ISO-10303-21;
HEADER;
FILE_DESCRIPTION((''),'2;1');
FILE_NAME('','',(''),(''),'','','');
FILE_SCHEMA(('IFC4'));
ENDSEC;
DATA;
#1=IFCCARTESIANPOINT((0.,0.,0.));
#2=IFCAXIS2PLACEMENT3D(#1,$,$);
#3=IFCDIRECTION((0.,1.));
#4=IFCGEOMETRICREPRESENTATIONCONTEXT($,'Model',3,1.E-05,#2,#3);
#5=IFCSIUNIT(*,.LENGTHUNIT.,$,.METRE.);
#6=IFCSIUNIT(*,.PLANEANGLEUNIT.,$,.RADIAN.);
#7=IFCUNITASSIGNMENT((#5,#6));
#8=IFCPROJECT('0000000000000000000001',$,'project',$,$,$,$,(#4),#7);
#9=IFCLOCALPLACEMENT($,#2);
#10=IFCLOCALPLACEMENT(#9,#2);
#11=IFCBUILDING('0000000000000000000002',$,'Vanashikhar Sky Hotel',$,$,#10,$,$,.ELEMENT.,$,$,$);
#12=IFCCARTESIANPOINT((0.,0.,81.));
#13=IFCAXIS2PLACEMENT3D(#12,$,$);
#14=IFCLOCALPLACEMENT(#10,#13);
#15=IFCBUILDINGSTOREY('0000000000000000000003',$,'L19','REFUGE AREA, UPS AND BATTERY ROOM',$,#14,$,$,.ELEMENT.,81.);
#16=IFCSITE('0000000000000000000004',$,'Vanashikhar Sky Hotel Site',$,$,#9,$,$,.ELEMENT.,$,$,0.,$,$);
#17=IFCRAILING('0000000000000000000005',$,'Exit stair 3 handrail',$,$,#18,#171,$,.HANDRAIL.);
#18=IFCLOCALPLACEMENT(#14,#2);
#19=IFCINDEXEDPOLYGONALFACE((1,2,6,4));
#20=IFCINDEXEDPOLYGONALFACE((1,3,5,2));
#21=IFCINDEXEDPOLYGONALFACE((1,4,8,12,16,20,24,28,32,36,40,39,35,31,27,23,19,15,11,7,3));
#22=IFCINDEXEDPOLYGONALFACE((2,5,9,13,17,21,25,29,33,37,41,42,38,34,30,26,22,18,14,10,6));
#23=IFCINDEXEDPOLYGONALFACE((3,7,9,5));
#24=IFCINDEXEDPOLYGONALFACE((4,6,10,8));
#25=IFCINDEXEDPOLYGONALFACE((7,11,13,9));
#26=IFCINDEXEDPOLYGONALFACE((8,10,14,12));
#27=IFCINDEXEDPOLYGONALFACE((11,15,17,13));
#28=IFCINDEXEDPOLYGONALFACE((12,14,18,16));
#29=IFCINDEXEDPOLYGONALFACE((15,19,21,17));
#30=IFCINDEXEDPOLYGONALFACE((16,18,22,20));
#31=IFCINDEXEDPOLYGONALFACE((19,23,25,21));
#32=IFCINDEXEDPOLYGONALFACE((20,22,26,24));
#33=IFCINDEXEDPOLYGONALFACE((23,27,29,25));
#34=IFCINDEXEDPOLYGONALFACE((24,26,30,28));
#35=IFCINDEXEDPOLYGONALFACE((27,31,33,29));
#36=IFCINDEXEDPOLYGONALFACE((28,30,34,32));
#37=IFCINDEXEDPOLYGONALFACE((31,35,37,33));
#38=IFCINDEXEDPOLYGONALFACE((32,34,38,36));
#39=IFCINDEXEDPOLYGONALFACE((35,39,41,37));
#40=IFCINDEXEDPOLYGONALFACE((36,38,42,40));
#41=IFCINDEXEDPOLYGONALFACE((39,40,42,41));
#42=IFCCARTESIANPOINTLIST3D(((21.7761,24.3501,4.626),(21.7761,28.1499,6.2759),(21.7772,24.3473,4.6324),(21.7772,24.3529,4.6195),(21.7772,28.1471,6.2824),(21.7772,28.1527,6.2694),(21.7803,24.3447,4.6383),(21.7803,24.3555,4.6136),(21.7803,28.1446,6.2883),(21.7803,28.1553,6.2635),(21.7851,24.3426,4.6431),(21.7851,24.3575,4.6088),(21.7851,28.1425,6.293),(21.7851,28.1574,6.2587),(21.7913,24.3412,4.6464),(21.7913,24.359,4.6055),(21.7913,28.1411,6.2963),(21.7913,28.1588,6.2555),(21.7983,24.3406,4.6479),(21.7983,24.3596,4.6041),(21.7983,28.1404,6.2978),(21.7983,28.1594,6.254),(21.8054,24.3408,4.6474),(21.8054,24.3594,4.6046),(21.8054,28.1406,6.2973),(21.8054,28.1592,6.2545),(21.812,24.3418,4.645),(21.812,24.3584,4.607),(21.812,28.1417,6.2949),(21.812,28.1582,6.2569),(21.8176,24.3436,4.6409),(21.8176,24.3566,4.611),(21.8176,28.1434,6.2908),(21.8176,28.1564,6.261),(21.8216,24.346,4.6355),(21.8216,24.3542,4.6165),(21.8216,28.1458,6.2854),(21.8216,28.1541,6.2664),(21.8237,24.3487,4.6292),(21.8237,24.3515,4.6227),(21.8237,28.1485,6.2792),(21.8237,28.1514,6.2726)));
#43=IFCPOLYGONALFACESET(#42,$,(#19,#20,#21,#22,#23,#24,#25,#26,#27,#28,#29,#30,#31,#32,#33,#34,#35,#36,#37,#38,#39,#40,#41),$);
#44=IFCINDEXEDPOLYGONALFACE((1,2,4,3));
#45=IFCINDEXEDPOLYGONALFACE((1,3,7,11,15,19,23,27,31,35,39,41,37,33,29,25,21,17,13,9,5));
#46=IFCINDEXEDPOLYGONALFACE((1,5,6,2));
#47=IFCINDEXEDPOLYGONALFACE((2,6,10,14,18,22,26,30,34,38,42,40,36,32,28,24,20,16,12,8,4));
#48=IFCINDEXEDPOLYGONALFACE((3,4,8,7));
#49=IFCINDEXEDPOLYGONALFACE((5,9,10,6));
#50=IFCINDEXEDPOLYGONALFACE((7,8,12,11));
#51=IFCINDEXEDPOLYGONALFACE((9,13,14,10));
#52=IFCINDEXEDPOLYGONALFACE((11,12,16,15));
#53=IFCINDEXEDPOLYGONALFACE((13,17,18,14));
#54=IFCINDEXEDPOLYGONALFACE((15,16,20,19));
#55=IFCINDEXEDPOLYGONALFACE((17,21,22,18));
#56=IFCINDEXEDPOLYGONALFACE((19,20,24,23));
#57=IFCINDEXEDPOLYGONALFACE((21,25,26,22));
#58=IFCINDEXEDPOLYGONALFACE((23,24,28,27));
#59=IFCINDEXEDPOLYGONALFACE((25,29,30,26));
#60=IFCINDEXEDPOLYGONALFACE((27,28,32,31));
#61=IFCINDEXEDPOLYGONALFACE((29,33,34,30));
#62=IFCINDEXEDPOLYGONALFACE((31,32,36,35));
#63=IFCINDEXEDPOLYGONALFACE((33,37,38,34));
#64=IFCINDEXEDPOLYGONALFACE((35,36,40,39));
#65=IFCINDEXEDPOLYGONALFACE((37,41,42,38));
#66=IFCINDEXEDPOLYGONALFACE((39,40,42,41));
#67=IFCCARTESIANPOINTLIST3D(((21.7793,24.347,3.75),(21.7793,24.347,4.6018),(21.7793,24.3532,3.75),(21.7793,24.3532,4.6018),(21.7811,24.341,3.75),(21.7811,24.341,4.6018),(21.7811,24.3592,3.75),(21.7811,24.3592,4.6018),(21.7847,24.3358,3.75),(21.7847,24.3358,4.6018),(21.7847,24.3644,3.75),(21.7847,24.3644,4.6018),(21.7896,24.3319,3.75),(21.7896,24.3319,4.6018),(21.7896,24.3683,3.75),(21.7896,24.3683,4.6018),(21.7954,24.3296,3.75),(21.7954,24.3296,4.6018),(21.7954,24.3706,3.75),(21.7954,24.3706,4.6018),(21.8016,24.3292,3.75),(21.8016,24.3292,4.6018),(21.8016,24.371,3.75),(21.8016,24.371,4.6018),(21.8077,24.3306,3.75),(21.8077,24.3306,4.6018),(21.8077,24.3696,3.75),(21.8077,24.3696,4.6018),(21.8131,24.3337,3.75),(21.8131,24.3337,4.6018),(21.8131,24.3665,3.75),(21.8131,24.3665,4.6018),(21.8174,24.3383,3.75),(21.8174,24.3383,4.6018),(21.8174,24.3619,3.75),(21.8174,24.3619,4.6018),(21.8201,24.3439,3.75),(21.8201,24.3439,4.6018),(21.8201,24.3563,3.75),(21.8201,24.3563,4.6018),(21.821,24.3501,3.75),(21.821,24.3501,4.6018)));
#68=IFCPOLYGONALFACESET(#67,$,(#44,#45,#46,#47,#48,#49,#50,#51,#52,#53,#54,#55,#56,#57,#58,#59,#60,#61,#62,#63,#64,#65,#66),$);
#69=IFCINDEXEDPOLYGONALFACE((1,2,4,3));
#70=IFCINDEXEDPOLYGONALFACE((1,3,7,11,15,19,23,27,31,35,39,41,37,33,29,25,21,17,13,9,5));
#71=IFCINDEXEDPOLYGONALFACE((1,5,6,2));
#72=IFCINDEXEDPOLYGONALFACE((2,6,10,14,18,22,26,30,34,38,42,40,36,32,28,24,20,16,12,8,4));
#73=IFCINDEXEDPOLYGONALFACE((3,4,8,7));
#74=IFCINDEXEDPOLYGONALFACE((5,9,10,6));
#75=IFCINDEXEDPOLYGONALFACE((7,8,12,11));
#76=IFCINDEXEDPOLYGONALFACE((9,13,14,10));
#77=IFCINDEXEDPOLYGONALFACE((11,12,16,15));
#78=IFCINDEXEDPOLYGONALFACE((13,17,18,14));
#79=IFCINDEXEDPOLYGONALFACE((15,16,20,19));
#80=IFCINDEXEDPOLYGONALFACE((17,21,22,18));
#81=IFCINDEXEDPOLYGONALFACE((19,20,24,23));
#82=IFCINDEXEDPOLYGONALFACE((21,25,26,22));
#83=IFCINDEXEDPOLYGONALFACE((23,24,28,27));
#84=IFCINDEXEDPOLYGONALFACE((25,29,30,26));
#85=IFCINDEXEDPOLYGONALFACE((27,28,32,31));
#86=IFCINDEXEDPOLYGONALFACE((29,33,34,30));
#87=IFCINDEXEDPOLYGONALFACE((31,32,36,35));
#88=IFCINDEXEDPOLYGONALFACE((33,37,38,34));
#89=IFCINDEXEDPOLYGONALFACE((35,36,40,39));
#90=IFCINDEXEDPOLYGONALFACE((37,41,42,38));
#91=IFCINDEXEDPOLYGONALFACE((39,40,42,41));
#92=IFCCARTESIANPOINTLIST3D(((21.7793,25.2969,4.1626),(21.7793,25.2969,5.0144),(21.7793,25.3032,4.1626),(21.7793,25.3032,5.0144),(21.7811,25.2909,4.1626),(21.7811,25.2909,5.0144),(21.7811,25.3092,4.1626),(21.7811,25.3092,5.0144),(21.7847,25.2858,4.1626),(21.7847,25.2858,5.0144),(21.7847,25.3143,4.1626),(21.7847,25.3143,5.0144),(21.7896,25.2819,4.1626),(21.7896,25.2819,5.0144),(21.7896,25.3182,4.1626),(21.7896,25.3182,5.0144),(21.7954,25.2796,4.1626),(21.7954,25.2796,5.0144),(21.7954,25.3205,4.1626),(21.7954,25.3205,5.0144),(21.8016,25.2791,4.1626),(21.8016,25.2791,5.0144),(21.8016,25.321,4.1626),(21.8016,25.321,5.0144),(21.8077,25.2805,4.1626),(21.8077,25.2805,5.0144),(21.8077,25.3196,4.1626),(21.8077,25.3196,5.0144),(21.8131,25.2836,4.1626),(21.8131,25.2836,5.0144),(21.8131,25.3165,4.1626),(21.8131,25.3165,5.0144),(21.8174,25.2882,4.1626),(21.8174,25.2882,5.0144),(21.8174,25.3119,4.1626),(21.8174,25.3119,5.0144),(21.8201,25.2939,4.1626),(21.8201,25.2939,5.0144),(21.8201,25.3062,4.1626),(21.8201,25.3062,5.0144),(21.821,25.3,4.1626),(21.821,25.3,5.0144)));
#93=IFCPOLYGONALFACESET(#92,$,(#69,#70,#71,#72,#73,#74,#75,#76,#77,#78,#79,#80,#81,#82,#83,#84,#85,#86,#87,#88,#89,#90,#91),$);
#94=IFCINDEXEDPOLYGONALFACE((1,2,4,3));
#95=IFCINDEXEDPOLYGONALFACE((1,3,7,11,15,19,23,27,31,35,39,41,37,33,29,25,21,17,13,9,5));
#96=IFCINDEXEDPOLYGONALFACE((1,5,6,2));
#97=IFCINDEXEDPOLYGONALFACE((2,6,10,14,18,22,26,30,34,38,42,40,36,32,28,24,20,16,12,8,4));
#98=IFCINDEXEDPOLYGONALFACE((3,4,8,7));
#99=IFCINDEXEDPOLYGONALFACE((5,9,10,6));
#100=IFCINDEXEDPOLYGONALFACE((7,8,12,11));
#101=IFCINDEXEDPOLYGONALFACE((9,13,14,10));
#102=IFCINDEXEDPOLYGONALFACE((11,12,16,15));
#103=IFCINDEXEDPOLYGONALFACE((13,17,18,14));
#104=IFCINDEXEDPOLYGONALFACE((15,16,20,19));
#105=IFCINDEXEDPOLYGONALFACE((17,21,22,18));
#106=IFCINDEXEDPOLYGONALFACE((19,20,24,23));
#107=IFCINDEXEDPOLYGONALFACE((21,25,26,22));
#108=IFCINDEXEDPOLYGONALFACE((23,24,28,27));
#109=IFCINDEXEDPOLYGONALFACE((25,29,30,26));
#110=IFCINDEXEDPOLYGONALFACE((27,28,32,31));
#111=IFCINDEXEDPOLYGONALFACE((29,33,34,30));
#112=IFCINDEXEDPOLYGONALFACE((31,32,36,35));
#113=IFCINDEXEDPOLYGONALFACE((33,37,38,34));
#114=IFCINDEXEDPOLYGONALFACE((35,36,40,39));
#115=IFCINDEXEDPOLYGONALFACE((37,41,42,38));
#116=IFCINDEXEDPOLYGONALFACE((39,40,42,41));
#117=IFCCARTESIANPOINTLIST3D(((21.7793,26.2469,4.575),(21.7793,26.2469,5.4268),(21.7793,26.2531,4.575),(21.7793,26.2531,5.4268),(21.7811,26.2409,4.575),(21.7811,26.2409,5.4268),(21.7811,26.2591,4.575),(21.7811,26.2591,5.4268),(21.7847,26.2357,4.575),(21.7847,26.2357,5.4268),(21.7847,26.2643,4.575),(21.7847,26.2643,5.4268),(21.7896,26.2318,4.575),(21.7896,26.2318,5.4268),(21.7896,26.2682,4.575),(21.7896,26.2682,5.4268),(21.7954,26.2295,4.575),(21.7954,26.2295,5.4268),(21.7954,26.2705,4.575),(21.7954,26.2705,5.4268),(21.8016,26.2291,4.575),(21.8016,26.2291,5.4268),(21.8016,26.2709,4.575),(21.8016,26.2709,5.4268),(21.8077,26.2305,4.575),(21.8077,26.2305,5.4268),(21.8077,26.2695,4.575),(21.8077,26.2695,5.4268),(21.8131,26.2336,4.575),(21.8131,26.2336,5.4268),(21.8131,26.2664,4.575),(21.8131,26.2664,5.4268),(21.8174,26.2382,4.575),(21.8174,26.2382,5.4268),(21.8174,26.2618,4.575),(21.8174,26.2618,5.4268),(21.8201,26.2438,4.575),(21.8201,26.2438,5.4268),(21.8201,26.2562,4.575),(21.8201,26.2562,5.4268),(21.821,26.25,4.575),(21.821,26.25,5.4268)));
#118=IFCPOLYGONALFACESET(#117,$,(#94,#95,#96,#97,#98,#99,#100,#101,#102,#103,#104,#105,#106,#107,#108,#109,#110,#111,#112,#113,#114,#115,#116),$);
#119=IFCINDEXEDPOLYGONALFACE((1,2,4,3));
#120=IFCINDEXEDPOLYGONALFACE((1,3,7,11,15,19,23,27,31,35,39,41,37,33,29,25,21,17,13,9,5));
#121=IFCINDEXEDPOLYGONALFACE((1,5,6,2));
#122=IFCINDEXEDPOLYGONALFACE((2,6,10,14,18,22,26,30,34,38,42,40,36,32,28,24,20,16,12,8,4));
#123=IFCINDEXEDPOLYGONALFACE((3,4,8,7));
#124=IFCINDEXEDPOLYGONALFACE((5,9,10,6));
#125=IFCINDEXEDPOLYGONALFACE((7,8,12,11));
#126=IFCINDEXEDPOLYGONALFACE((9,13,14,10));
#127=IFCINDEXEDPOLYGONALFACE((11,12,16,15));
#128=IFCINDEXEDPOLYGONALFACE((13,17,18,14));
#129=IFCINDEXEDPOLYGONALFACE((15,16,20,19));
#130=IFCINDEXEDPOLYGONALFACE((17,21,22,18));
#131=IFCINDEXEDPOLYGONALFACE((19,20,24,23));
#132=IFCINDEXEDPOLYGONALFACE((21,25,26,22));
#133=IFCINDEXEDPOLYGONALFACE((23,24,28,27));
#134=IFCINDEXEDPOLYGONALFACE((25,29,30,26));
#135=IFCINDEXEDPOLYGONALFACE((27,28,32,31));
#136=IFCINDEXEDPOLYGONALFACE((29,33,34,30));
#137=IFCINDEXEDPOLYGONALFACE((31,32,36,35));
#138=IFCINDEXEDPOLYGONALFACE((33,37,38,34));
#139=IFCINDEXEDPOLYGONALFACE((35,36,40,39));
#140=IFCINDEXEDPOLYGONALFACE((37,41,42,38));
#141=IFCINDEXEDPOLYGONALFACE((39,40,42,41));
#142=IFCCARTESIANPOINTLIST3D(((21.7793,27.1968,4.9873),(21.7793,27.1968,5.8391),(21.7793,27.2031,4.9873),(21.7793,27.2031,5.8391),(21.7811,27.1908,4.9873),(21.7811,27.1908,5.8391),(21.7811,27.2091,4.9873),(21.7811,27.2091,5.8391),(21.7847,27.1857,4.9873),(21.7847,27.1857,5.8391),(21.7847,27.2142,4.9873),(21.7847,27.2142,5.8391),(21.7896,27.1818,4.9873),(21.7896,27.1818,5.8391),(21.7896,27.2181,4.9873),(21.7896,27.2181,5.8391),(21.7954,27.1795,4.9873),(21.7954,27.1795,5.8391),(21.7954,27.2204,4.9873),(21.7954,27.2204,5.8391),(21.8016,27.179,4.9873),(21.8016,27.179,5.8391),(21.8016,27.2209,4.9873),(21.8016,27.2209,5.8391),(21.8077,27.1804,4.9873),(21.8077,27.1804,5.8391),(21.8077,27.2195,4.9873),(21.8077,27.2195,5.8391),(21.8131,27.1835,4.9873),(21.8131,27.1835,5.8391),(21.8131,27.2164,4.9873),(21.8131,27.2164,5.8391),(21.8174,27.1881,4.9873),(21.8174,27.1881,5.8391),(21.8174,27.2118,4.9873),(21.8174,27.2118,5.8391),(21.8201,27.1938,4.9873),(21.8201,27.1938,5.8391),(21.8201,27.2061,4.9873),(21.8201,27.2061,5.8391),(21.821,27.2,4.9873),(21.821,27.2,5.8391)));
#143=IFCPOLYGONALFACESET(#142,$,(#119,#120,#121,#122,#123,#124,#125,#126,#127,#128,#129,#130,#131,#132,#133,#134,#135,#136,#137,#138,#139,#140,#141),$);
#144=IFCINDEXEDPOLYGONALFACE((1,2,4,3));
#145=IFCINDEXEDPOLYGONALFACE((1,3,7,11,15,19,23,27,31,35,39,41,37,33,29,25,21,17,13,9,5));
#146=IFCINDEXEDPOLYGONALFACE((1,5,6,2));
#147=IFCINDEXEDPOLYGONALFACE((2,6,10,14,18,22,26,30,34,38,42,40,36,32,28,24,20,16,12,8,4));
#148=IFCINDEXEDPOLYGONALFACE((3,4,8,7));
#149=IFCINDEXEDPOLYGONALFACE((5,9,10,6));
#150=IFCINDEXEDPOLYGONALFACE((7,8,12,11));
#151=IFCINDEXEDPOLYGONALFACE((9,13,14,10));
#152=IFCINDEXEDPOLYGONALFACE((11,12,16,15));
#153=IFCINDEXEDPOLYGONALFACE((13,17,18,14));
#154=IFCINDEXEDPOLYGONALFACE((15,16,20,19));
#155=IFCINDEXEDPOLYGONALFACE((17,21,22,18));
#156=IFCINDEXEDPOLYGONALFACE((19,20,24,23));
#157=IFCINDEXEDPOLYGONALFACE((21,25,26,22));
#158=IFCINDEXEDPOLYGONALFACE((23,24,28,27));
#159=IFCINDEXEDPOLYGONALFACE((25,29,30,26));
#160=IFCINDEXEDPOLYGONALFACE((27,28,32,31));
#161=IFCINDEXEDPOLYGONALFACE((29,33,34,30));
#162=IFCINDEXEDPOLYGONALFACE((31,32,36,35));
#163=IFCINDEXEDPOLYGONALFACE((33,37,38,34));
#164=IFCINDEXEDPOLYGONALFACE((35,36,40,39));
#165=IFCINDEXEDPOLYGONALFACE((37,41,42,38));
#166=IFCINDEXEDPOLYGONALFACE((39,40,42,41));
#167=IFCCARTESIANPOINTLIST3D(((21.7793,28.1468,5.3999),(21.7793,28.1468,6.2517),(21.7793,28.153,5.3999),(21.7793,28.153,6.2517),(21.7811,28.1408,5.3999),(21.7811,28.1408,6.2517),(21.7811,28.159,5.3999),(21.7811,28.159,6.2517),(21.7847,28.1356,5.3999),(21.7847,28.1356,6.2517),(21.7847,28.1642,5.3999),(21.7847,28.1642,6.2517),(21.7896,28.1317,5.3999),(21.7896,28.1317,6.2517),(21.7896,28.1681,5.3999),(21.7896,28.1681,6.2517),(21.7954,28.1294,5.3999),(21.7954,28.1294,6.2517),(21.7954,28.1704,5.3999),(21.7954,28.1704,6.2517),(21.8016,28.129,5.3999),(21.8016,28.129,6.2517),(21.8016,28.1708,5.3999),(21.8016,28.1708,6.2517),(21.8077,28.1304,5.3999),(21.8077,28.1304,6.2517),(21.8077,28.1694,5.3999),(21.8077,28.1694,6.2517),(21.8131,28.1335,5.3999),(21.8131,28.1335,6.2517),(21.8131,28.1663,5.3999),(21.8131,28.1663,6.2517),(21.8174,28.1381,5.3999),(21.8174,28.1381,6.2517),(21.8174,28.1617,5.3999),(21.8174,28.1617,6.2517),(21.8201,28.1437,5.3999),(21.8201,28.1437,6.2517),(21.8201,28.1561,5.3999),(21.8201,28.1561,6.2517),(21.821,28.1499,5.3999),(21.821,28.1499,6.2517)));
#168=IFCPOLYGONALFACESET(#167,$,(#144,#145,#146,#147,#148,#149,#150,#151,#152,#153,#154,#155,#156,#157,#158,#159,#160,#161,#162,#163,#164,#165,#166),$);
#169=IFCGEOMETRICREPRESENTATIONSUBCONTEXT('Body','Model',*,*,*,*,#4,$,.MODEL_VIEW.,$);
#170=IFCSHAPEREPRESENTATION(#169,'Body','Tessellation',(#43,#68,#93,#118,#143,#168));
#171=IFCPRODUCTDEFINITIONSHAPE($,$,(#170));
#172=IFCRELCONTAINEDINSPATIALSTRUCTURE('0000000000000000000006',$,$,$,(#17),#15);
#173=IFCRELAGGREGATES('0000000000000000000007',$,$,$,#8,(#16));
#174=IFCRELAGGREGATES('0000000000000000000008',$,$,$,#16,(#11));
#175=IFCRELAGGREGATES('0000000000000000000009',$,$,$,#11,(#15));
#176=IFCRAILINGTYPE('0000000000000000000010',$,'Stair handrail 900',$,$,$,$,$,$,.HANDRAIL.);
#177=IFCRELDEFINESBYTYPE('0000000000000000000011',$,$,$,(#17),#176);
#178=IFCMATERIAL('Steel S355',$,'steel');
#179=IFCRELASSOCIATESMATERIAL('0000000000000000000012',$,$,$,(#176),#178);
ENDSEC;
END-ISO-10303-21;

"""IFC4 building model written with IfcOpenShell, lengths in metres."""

from ifc_helpers import new_model, si_unit, direction, frame, origin, origin_2d, place, context, subcontext, project, spatial, circle, extrude, source, transform, mapped, material, type_object, element, save


model = new_model("IFC4")

# Units and contexts
model_context = context("Model", 3, precision=1e-05, world=origin(), true_north=direction((0.0, 1.0)))
body_context = subcontext(model_context, "Body", "Model", "MODEL_VIEW")
ifc_project = project(units=[si_unit("LENGTHUNIT", "METRE"), si_unit("PLANEANGLEUNIT", "RADIAN")], contexts=[model_context])

# Site, building, storey
site_placement = place(None, origin())
site = spatial("IfcSite", under=ifc_project, at=site_placement, Name="Vanashikhar Sky Hotel Site", CompositionType="ELEMENT", RefElevation=0.0)
building_placement = place(site_placement, origin())
building = spatial("IfcBuilding", under=site, at=building_placement, Name="Vanashikhar Sky Hotel", CompositionType="ELEMENT")
storey_placement = place(building_placement, frame((0.0, 0.0, 81.0)))
storey = spatial("IfcBuildingStorey", under=building, at=storey_placement, Name="L19", Description="REFUGE AREA, UPS AND BATTERY ROOM", CompositionType="ELEMENT", Elevation=81.0)

# Railing
ifc_material_1 = material(Name="Steel S355", Category="steel")
railing_type = type_object("IfcRailingType", Name="Stair handrail 900", PredefinedType="HANDRAIL", material=ifc_material_1)
shared_shape_1 = source(origin(), body_context, "Body", "SweptSolid", [
    extrude(circle(Radius=0.0239, at=origin_2d()), frame((0.0, 0.0, 0.876), z_axis=(0.0, 0.917263, 0.398282), x_axis=(-1.0, 0.0, 0.0)), (0.0, 0.0, 1.0), 4.1426),
    extrude(circle(Radius=0.021, at=origin_2d()), origin(), (0.0, 0.0, 1.0), 0.8518),
    extrude(circle(Radius=0.021, at=origin_2d()), frame((0.0, 0.95, 0.4126)), (0.0, 0.0, 1.0), 0.8518),
    extrude(circle(Radius=0.021, at=origin_2d()), frame((0.0, 1.8999, 0.825)), (0.0, 0.0, 1.0), 0.8518),
    extrude(circle(Radius=0.021, at=origin_2d()), frame((0.0, 2.8499, 1.2373)), (0.0, 0.0, 1.0), 0.8518),
    extrude(circle(Radius=0.021, at=origin_2d()), frame((0.0, 3.7998, 1.6499)), (0.0, 0.0, 1.0), 0.8518),
])
railing_1_placement = place(storey_placement, frame((21.8, 24.3501, 3.75)))
element("IfcRailing", 1, at=railing_1_placement, inside=storey, type_object=railing_type, Name="Exit stair 3 handrail", PredefinedType="HANDRAIL", context=body_context, shape_type="MappedRepresentation", body=[
    mapped(shared_shape_1, transform((0.0, 0.0, 0.0), scale=1.0)),
])

save(model, "model.ifc")
